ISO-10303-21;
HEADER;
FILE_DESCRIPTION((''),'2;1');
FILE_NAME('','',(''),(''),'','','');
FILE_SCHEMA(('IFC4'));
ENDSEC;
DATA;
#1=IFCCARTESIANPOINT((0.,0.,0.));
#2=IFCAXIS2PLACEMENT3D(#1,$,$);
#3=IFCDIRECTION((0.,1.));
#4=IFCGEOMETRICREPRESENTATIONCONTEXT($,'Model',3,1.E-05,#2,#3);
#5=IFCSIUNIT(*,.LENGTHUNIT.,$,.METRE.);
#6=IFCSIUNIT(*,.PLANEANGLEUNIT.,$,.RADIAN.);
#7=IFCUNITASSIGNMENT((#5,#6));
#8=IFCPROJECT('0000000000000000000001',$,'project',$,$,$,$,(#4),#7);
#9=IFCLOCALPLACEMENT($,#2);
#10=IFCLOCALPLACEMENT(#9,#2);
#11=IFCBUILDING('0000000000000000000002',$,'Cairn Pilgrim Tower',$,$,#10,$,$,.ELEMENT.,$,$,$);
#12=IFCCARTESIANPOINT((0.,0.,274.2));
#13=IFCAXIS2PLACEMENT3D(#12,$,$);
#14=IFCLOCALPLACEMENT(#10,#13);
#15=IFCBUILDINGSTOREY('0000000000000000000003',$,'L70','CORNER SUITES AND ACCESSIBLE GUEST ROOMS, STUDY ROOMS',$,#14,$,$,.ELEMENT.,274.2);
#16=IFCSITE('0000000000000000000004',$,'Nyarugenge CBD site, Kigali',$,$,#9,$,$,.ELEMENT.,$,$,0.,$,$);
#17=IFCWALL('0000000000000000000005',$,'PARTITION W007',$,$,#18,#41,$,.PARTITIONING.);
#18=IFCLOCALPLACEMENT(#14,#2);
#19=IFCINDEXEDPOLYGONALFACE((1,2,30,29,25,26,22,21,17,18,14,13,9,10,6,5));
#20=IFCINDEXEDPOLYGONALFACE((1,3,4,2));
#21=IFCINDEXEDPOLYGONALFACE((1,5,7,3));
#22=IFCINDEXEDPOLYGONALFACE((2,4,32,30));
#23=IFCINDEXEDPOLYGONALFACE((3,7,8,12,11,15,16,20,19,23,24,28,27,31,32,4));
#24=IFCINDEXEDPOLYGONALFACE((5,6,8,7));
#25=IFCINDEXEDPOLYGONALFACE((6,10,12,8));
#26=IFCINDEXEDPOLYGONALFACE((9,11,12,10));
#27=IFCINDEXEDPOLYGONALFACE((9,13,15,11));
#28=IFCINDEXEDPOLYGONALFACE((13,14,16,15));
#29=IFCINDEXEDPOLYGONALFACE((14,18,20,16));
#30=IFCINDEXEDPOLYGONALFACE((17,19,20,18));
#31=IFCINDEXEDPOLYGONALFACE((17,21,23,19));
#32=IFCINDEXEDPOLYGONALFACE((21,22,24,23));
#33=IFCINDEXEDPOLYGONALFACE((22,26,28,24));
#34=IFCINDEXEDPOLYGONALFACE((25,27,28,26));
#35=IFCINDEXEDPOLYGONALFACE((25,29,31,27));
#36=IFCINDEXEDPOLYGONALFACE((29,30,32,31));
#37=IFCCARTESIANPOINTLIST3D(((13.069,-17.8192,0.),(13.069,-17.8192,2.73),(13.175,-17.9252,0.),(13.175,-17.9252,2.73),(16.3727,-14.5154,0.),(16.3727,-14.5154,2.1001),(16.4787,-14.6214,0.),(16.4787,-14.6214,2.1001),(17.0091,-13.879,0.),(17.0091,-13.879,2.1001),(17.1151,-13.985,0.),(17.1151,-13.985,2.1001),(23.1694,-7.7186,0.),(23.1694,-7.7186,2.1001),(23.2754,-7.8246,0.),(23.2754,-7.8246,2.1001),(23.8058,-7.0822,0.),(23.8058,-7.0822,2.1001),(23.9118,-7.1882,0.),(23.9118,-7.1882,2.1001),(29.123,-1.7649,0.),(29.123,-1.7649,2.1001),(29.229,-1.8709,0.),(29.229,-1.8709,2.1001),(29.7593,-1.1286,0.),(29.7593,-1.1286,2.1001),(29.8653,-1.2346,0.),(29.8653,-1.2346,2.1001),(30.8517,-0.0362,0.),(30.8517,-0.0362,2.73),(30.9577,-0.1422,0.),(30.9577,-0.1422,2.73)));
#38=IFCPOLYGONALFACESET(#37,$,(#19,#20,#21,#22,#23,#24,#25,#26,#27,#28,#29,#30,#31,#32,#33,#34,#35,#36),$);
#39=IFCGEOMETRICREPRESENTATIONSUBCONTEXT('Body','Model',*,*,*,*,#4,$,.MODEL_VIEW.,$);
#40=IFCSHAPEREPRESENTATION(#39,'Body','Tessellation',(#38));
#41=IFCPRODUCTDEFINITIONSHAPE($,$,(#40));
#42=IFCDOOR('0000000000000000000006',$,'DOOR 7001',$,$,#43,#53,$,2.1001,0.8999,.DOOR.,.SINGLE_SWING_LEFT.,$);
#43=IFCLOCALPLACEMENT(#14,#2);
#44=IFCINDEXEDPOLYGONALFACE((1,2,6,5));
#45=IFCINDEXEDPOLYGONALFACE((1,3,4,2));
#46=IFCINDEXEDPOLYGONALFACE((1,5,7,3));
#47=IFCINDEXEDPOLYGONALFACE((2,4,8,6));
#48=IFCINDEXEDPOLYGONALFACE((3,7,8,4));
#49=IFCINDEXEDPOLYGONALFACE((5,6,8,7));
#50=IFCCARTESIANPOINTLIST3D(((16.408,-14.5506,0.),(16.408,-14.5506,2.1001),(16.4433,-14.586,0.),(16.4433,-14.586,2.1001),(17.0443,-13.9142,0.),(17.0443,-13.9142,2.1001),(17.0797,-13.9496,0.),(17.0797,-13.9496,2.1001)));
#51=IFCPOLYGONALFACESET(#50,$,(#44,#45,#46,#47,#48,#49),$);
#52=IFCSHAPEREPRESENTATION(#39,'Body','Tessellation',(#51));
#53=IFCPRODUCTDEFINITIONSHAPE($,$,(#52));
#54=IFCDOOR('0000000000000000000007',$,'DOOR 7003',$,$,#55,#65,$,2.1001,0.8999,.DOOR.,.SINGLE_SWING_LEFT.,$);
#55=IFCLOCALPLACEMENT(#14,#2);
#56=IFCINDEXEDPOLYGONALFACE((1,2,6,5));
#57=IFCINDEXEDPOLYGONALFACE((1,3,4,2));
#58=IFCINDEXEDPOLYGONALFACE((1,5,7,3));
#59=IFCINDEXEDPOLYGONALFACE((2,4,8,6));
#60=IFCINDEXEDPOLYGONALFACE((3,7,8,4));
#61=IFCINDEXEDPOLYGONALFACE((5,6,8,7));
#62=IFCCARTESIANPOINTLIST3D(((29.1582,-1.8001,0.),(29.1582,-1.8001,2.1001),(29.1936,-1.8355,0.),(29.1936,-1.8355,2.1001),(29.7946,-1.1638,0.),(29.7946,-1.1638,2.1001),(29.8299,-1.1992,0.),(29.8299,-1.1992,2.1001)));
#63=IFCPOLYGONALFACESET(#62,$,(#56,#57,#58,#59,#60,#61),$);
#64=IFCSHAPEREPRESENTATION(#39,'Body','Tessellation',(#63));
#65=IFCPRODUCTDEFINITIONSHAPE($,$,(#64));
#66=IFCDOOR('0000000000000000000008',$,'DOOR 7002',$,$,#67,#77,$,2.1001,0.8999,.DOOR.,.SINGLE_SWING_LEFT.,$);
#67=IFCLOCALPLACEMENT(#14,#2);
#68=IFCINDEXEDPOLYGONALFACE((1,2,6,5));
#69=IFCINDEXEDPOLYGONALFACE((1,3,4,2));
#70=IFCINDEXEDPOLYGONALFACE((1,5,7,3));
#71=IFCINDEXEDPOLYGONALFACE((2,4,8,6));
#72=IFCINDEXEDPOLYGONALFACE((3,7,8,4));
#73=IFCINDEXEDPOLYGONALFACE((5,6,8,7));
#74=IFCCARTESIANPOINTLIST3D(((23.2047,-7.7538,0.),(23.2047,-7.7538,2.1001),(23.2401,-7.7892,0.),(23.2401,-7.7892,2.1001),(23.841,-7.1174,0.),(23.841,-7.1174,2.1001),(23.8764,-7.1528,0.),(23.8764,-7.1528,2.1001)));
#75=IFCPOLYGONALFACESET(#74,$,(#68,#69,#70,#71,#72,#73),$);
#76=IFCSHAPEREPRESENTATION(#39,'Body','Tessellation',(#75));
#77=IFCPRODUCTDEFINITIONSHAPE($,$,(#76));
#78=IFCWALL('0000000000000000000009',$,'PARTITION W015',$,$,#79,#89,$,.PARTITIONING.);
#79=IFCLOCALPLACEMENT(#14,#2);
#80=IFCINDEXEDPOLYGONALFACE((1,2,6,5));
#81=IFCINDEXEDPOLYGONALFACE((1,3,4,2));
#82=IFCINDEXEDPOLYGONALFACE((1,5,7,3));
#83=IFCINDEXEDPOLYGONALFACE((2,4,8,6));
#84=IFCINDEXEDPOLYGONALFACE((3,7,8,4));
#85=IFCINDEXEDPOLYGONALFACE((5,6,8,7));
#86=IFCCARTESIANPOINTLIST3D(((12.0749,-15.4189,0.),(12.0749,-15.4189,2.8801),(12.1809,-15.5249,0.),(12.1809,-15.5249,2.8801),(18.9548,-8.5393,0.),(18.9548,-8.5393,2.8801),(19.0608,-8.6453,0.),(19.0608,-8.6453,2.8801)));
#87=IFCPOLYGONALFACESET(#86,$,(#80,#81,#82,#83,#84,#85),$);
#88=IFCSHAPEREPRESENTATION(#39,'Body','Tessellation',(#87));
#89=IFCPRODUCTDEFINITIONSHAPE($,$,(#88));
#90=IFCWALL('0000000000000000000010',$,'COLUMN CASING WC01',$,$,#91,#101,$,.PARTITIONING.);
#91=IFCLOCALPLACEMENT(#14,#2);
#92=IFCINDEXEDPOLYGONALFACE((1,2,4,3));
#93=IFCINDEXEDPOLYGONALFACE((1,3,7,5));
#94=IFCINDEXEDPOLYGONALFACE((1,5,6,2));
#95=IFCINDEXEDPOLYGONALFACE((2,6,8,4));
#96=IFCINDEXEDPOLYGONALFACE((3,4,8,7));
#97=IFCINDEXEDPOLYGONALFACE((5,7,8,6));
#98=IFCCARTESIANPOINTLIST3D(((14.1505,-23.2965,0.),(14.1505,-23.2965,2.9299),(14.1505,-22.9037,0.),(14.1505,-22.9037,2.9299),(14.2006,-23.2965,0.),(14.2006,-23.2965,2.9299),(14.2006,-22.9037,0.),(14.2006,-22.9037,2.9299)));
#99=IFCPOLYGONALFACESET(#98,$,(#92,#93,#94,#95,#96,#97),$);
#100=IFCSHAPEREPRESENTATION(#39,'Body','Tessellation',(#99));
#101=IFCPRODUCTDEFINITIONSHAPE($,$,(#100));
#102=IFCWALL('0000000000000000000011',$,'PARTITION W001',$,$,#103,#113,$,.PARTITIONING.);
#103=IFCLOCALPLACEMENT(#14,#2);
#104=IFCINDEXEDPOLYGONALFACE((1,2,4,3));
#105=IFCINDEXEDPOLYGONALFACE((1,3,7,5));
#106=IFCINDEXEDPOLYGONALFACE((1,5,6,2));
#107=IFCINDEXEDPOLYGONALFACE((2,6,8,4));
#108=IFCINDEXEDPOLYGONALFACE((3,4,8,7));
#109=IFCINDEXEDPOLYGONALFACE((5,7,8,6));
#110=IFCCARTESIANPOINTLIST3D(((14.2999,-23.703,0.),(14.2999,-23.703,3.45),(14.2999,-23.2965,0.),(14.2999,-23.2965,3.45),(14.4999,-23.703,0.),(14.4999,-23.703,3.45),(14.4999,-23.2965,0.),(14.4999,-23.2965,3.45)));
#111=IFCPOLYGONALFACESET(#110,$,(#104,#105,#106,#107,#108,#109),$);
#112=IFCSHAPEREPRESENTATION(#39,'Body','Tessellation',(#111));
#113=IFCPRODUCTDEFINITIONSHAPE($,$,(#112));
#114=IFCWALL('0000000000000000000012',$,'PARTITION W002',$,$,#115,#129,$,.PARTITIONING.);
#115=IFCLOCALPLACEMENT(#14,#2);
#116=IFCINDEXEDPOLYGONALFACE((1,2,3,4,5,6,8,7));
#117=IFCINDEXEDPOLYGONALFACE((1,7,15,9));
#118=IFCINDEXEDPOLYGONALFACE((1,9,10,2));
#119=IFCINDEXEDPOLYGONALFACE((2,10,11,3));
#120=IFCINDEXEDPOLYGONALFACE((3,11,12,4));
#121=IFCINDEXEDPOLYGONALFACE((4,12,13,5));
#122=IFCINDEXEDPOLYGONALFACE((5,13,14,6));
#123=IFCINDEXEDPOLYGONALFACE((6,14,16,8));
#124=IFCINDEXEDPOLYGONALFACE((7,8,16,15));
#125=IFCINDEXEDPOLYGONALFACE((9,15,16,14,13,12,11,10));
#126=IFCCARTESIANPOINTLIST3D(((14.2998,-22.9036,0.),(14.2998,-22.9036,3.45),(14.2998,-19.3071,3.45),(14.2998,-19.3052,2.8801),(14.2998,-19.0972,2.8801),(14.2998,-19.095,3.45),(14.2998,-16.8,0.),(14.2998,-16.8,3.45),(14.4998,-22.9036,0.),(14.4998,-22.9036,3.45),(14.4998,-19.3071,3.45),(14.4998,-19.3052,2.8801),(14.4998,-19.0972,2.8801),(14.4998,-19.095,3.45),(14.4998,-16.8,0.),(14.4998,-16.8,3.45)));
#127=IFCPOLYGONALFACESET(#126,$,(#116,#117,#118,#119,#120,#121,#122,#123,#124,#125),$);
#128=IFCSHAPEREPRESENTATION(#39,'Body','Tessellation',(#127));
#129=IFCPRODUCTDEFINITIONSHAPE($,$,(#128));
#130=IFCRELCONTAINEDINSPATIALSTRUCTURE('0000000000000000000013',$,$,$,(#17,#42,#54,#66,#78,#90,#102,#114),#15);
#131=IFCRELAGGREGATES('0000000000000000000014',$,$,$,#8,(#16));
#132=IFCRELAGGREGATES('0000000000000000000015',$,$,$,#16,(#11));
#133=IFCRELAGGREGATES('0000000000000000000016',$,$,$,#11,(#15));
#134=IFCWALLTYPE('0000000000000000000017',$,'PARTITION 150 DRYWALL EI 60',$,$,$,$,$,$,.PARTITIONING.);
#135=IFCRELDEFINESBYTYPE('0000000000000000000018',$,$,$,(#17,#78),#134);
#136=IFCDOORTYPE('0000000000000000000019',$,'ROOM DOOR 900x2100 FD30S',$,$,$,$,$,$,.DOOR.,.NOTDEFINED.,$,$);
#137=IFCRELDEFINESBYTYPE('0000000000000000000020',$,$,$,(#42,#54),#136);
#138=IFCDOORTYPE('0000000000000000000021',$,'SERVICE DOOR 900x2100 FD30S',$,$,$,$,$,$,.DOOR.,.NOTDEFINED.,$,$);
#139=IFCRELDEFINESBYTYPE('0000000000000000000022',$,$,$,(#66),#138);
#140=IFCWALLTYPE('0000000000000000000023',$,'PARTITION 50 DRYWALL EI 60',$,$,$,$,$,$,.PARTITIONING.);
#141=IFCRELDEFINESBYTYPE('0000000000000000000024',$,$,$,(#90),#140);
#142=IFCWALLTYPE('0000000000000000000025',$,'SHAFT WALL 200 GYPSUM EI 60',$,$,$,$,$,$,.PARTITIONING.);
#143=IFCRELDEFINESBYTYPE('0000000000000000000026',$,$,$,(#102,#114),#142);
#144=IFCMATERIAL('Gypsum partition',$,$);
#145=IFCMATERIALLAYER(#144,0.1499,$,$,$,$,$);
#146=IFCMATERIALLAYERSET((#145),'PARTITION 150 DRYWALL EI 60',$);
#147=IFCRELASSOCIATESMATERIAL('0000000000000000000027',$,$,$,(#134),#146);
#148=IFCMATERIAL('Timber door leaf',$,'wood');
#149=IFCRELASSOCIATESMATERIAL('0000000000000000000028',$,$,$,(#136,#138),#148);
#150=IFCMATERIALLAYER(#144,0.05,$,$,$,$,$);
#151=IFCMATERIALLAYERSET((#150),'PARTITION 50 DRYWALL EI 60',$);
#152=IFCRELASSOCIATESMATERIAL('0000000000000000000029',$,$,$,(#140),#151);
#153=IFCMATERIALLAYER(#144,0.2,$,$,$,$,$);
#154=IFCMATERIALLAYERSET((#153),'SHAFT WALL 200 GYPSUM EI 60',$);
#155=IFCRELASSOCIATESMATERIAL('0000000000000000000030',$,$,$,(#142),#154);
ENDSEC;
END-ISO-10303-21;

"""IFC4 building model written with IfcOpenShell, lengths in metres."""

from ifc_helpers import new_model, si_unit, direction, frame, frame_2d, origin, place, context, subcontext, project, spatial, polyline, rectangle, outline, extrude, material, layer, layer_set, type_object, element, fill, save


model = new_model("IFC4")

# Units and contexts
model_context = context("Model", 3, precision=1e-05, world=origin(), true_north=direction((0.0, 1.0)))
body_context = subcontext(model_context, "Body", "Model", "MODEL_VIEW")
ifc_project = project(units=[si_unit("LENGTHUNIT", "METRE"), si_unit("PLANEANGLEUNIT", "RADIAN")], contexts=[model_context])

# Site, building, storey
site_placement = place(None, origin())
site = spatial("IfcSite", under=ifc_project, at=site_placement, Name="Nyarugenge CBD site, Kigali", CompositionType="ELEMENT", RefElevation=0.0)
building_placement = place(site_placement, origin())
building = spatial("IfcBuilding", under=site, at=building_placement, Name="Cairn Pilgrim Tower", CompositionType="ELEMENT")
storey_placement = place(building_placement, frame((0.0, 0.0, 274.2)))
storey = spatial("IfcBuildingStorey", under=building, at=storey_placement, Name="L70", Description="CORNER SUITES AND ACCESSIBLE GUEST ROOMS, STUDY ROOMS", CompositionType="ELEMENT", Elevation=274.2)

# Shared definitions
ifc_material_1 = material(Name="Gypsum partition")

# Wall, openings, doors
ifc_layer_1 = layer(ifc_material_1, 0.1499)
ifc_layer_set_1 = layer_set([ifc_layer_1], Name="PARTITION 150 DRYWALL EI 60")
wall_type_1 = type_object("IfcWallType", Name="PARTITION 150 DRYWALL EI 60", PredefinedType="PARTITIONING", material=ifc_layer_set_1)
wall_1_placement = place(storey_placement, frame((13.1221, -17.8721, 0.0), z_axis=(0.0, 0.0, 1.0), x_axis=(0.707102, 0.707112, 0.0)))
wall_1 = element("IfcWall", 1, at=wall_1_placement, inside=storey, type_object=wall_type_1, Name="PARTITION W007", PredefinedType="PARTITIONING", context=body_context, shape_type="SweptSolid", body=[
    extrude(rectangle(XDim=25.1487, YDim=0.1499, at=frame_2d((12.5742, 0.0))), origin(), (0.0, 0.0, 1.0), 2.73),
])
opening_1_placement = place(wall_1_placement, frame((4.6721, 0.0, 0.0)))
opening_1 = element("IfcOpeningElement", 2, at=opening_1_placement, cuts=wall_1, PredefinedType="OPENING", context=body_context, shape_type="SweptSolid", body=[
    extrude(rectangle(XDim=0.8999, YDim=2.1001, at=frame_2d((0.45, 1.05))), frame((0.0, 0.085, 0.0), z_axis=(0.0, -1.0, 0.0), x_axis=(1.0, 0.0, 0.0)), (0.0, 0.0, 1.0), 0.1699),
])
opening_2_placement = place(wall_1_placement, frame((14.2842, 0.0, 0.0)))
opening_2 = element("IfcOpeningElement", 3, at=opening_2_placement, cuts=wall_1, PredefinedType="OPENING", context=body_context, shape_type="SweptSolid", body=[
    extrude(rectangle(XDim=0.8999, YDim=2.1001, at=frame_2d((0.45, 1.05))), frame((0.0, 0.085, 0.0), z_axis=(0.0, -1.0, 0.0), x_axis=(1.0, 0.0, 0.0)), (0.0, 0.0, 1.0), 0.1699),
])
opening_3_placement = place(wall_1_placement, frame((22.7039, 0.0, 0.0)))
opening_3 = element("IfcOpeningElement", 4, at=opening_3_placement, cuts=wall_1, PredefinedType="OPENING", context=body_context, shape_type="SweptSolid", body=[
    extrude(rectangle(XDim=0.8999, YDim=2.1001, at=frame_2d((0.45, 1.05))), frame((0.0, 0.085, 0.0), z_axis=(0.0, -1.0, 0.0), x_axis=(1.0, 0.0, 0.0)), (0.0, 0.0, 1.0), 0.1699),
])
ifc_material_2 = material(Name="Timber door leaf", Category="wood")
door_type_1 = type_object("IfcDoorType", Name="ROOM DOOR 900x2100 FD30S", OperationType="NOTDEFINED", PredefinedType="DOOR", material=ifc_material_2)
door_1_placement = place(opening_1_placement, frame((0.8999, 0.0, 0.0), z_axis=(0.0, 0.0, 1.0), x_axis=(-1.0, 0.0, 0.0)))
door_1 = element("IfcDoor", 5, at=door_1_placement, inside=storey, type_object=door_type_1, Name="DOOR 7001", OperationType="SINGLE_SWING_LEFT", OverallHeight=2.1001, OverallWidth=0.8999, PredefinedType="DOOR", context=body_context, shape_type="SweptSolid", body=[
    extrude(rectangle(XDim=0.8999, YDim=2.1001, at=frame_2d((0.45, 1.05))), frame((0.0, 0.0249, 0.0), z_axis=(0.0, -1.0, 0.0), x_axis=(1.0, 0.0, 0.0)), (0.0, 0.0, 1.0), 0.05),
])
fill(opening_1, door_1)
door_2_placement = place(opening_3_placement, frame((0.8999, 0.0, 0.0), z_axis=(0.0, 0.0, 1.0), x_axis=(-1.0, 0.0, 0.0)))
door_2 = element("IfcDoor", 6, at=door_2_placement, inside=storey, type_object=door_type_1, Name="DOOR 7003", OperationType="SINGLE_SWING_LEFT", OverallHeight=2.1001, OverallWidth=0.8999, PredefinedType="DOOR", context=body_context, shape_type="SweptSolid", body=[
    extrude(rectangle(XDim=0.8999, YDim=2.1001, at=frame_2d((0.45, 1.05))), frame((0.0, 0.0249, 0.0), z_axis=(0.0, -1.0, 0.0), x_axis=(1.0, 0.0, 0.0)), (0.0, 0.0, 1.0), 0.05),
])
fill(opening_3, door_2)
door_type_2 = type_object("IfcDoorType", Name="SERVICE DOOR 900x2100 FD30S", OperationType="NOTDEFINED", PredefinedType="DOOR", material=ifc_material_2)
door_3_placement = place(opening_2_placement, frame((0.8999, 0.0, 0.0), z_axis=(0.0, 0.0, 1.0), x_axis=(-1.0, 0.0, 0.0)))
door_3 = element("IfcDoor", 7, at=door_3_placement, inside=storey, type_object=door_type_2, Name="DOOR 7002", OperationType="SINGLE_SWING_LEFT", OverallHeight=2.1001, OverallWidth=0.8999, PredefinedType="DOOR", context=body_context, shape_type="SweptSolid", body=[
    extrude(rectangle(XDim=0.8999, YDim=2.1001, at=frame_2d((0.45, 1.05))), frame((0.0, 0.0249, 0.0), z_axis=(0.0, -1.0, 0.0), x_axis=(1.0, 0.0, 0.0)), (0.0, 0.0, 1.0), 0.05),
])
fill(opening_2, door_3)

# Walls
wall_2_placement = place(storey_placement, frame((12.1279, -15.4719, 0.0), z_axis=(0.0, 0.0, 1.0), x_axis=(0.707119, 0.707094, 0.0)))
element("IfcWall", 8, at=wall_2_placement, inside=storey, type_object=wall_type_1, Name="PARTITION W015", PredefinedType="PARTITIONING", context=body_context, shape_type="SweptSolid", body=[
    extrude(rectangle(XDim=9.7295, YDim=0.1499, at=frame_2d((4.8647, 0.0))), origin(), (0.0, 0.0, 1.0), 2.8801),
])
ifc_layer_2 = layer(ifc_material_1, 0.05)
ifc_layer_set_2 = layer_set([ifc_layer_2], Name="PARTITION 50 DRYWALL EI 60")
wall_type_2 = type_object("IfcWallType", Name="PARTITION 50 DRYWALL EI 60", PredefinedType="PARTITIONING", material=ifc_layer_set_2)
wall_3_placement = place(storey_placement, frame((14.1755, -23.2964, 0.0), z_axis=(0.0, 0.0, 1.0), x_axis=(0.0, 1.0, 0.0)))
element("IfcWall", 9, at=wall_3_placement, inside=storey, type_object=wall_type_2, Name="COLUMN CASING WC01", PredefinedType="PARTITIONING", context=body_context, shape_type="SweptSolid", body=[
    extrude(rectangle(XDim=0.3928, YDim=0.05, at=frame_2d((0.1963, 0.0))), origin(), (0.0, 0.0, 1.0), 2.9299),
])
ifc_layer_3 = layer(ifc_material_1, 0.2)
ifc_layer_set_3 = layer_set([ifc_layer_3], Name="SHAFT WALL 200 GYPSUM EI 60")
wall_type_3 = type_object("IfcWallType", Name="SHAFT WALL 200 GYPSUM EI 60", PredefinedType="PARTITIONING", material=ifc_layer_set_3)
wall_4_placement = place(storey_placement, frame((14.3999, -23.7029, 0.0), z_axis=(0.0, 0.0, 1.0), x_axis=(0.0, 1.0, 0.0)))
element("IfcWall", 10, at=wall_4_placement, inside=storey, type_object=wall_type_3, Name="PARTITION W001", PredefinedType="PARTITIONING", context=body_context, shape_type="SweptSolid", body=[
    extrude(rectangle(XDim=0.4065, YDim=0.2, at=frame_2d((0.2031, 0.0))), origin(), (0.0, 0.0, 1.0), 3.45),
])
wall_5_placement = place(storey_placement, frame((14.3999, -22.9036, 0.0), z_axis=(0.0, 0.0, 1.0), x_axis=(0.0, 1.0, 0.0)))
element("IfcWall", 11, at=wall_5_placement, inside=storey, type_object=wall_type_3, Name="PARTITION W002", PredefinedType="PARTITIONING", context=body_context, shape_type="SweptSolid", body=[
    extrude(outline(polyline([(0.0, 0.0), (6.1035, 0.0), (6.1035, 3.45), (3.8086, 3.45), (3.8064, 2.8801), (3.5984, 2.8801), (3.5964, 3.45), (0.0, 3.45), (0.0, 0.0)])), frame((0.0, 0.1001, 0.0), z_axis=(0.0, -1.0, 0.0), x_axis=(1.0, 0.0, 0.0)), (0.0, 0.0, 1.0), 0.2),
])

save(model, "model.ifc")
